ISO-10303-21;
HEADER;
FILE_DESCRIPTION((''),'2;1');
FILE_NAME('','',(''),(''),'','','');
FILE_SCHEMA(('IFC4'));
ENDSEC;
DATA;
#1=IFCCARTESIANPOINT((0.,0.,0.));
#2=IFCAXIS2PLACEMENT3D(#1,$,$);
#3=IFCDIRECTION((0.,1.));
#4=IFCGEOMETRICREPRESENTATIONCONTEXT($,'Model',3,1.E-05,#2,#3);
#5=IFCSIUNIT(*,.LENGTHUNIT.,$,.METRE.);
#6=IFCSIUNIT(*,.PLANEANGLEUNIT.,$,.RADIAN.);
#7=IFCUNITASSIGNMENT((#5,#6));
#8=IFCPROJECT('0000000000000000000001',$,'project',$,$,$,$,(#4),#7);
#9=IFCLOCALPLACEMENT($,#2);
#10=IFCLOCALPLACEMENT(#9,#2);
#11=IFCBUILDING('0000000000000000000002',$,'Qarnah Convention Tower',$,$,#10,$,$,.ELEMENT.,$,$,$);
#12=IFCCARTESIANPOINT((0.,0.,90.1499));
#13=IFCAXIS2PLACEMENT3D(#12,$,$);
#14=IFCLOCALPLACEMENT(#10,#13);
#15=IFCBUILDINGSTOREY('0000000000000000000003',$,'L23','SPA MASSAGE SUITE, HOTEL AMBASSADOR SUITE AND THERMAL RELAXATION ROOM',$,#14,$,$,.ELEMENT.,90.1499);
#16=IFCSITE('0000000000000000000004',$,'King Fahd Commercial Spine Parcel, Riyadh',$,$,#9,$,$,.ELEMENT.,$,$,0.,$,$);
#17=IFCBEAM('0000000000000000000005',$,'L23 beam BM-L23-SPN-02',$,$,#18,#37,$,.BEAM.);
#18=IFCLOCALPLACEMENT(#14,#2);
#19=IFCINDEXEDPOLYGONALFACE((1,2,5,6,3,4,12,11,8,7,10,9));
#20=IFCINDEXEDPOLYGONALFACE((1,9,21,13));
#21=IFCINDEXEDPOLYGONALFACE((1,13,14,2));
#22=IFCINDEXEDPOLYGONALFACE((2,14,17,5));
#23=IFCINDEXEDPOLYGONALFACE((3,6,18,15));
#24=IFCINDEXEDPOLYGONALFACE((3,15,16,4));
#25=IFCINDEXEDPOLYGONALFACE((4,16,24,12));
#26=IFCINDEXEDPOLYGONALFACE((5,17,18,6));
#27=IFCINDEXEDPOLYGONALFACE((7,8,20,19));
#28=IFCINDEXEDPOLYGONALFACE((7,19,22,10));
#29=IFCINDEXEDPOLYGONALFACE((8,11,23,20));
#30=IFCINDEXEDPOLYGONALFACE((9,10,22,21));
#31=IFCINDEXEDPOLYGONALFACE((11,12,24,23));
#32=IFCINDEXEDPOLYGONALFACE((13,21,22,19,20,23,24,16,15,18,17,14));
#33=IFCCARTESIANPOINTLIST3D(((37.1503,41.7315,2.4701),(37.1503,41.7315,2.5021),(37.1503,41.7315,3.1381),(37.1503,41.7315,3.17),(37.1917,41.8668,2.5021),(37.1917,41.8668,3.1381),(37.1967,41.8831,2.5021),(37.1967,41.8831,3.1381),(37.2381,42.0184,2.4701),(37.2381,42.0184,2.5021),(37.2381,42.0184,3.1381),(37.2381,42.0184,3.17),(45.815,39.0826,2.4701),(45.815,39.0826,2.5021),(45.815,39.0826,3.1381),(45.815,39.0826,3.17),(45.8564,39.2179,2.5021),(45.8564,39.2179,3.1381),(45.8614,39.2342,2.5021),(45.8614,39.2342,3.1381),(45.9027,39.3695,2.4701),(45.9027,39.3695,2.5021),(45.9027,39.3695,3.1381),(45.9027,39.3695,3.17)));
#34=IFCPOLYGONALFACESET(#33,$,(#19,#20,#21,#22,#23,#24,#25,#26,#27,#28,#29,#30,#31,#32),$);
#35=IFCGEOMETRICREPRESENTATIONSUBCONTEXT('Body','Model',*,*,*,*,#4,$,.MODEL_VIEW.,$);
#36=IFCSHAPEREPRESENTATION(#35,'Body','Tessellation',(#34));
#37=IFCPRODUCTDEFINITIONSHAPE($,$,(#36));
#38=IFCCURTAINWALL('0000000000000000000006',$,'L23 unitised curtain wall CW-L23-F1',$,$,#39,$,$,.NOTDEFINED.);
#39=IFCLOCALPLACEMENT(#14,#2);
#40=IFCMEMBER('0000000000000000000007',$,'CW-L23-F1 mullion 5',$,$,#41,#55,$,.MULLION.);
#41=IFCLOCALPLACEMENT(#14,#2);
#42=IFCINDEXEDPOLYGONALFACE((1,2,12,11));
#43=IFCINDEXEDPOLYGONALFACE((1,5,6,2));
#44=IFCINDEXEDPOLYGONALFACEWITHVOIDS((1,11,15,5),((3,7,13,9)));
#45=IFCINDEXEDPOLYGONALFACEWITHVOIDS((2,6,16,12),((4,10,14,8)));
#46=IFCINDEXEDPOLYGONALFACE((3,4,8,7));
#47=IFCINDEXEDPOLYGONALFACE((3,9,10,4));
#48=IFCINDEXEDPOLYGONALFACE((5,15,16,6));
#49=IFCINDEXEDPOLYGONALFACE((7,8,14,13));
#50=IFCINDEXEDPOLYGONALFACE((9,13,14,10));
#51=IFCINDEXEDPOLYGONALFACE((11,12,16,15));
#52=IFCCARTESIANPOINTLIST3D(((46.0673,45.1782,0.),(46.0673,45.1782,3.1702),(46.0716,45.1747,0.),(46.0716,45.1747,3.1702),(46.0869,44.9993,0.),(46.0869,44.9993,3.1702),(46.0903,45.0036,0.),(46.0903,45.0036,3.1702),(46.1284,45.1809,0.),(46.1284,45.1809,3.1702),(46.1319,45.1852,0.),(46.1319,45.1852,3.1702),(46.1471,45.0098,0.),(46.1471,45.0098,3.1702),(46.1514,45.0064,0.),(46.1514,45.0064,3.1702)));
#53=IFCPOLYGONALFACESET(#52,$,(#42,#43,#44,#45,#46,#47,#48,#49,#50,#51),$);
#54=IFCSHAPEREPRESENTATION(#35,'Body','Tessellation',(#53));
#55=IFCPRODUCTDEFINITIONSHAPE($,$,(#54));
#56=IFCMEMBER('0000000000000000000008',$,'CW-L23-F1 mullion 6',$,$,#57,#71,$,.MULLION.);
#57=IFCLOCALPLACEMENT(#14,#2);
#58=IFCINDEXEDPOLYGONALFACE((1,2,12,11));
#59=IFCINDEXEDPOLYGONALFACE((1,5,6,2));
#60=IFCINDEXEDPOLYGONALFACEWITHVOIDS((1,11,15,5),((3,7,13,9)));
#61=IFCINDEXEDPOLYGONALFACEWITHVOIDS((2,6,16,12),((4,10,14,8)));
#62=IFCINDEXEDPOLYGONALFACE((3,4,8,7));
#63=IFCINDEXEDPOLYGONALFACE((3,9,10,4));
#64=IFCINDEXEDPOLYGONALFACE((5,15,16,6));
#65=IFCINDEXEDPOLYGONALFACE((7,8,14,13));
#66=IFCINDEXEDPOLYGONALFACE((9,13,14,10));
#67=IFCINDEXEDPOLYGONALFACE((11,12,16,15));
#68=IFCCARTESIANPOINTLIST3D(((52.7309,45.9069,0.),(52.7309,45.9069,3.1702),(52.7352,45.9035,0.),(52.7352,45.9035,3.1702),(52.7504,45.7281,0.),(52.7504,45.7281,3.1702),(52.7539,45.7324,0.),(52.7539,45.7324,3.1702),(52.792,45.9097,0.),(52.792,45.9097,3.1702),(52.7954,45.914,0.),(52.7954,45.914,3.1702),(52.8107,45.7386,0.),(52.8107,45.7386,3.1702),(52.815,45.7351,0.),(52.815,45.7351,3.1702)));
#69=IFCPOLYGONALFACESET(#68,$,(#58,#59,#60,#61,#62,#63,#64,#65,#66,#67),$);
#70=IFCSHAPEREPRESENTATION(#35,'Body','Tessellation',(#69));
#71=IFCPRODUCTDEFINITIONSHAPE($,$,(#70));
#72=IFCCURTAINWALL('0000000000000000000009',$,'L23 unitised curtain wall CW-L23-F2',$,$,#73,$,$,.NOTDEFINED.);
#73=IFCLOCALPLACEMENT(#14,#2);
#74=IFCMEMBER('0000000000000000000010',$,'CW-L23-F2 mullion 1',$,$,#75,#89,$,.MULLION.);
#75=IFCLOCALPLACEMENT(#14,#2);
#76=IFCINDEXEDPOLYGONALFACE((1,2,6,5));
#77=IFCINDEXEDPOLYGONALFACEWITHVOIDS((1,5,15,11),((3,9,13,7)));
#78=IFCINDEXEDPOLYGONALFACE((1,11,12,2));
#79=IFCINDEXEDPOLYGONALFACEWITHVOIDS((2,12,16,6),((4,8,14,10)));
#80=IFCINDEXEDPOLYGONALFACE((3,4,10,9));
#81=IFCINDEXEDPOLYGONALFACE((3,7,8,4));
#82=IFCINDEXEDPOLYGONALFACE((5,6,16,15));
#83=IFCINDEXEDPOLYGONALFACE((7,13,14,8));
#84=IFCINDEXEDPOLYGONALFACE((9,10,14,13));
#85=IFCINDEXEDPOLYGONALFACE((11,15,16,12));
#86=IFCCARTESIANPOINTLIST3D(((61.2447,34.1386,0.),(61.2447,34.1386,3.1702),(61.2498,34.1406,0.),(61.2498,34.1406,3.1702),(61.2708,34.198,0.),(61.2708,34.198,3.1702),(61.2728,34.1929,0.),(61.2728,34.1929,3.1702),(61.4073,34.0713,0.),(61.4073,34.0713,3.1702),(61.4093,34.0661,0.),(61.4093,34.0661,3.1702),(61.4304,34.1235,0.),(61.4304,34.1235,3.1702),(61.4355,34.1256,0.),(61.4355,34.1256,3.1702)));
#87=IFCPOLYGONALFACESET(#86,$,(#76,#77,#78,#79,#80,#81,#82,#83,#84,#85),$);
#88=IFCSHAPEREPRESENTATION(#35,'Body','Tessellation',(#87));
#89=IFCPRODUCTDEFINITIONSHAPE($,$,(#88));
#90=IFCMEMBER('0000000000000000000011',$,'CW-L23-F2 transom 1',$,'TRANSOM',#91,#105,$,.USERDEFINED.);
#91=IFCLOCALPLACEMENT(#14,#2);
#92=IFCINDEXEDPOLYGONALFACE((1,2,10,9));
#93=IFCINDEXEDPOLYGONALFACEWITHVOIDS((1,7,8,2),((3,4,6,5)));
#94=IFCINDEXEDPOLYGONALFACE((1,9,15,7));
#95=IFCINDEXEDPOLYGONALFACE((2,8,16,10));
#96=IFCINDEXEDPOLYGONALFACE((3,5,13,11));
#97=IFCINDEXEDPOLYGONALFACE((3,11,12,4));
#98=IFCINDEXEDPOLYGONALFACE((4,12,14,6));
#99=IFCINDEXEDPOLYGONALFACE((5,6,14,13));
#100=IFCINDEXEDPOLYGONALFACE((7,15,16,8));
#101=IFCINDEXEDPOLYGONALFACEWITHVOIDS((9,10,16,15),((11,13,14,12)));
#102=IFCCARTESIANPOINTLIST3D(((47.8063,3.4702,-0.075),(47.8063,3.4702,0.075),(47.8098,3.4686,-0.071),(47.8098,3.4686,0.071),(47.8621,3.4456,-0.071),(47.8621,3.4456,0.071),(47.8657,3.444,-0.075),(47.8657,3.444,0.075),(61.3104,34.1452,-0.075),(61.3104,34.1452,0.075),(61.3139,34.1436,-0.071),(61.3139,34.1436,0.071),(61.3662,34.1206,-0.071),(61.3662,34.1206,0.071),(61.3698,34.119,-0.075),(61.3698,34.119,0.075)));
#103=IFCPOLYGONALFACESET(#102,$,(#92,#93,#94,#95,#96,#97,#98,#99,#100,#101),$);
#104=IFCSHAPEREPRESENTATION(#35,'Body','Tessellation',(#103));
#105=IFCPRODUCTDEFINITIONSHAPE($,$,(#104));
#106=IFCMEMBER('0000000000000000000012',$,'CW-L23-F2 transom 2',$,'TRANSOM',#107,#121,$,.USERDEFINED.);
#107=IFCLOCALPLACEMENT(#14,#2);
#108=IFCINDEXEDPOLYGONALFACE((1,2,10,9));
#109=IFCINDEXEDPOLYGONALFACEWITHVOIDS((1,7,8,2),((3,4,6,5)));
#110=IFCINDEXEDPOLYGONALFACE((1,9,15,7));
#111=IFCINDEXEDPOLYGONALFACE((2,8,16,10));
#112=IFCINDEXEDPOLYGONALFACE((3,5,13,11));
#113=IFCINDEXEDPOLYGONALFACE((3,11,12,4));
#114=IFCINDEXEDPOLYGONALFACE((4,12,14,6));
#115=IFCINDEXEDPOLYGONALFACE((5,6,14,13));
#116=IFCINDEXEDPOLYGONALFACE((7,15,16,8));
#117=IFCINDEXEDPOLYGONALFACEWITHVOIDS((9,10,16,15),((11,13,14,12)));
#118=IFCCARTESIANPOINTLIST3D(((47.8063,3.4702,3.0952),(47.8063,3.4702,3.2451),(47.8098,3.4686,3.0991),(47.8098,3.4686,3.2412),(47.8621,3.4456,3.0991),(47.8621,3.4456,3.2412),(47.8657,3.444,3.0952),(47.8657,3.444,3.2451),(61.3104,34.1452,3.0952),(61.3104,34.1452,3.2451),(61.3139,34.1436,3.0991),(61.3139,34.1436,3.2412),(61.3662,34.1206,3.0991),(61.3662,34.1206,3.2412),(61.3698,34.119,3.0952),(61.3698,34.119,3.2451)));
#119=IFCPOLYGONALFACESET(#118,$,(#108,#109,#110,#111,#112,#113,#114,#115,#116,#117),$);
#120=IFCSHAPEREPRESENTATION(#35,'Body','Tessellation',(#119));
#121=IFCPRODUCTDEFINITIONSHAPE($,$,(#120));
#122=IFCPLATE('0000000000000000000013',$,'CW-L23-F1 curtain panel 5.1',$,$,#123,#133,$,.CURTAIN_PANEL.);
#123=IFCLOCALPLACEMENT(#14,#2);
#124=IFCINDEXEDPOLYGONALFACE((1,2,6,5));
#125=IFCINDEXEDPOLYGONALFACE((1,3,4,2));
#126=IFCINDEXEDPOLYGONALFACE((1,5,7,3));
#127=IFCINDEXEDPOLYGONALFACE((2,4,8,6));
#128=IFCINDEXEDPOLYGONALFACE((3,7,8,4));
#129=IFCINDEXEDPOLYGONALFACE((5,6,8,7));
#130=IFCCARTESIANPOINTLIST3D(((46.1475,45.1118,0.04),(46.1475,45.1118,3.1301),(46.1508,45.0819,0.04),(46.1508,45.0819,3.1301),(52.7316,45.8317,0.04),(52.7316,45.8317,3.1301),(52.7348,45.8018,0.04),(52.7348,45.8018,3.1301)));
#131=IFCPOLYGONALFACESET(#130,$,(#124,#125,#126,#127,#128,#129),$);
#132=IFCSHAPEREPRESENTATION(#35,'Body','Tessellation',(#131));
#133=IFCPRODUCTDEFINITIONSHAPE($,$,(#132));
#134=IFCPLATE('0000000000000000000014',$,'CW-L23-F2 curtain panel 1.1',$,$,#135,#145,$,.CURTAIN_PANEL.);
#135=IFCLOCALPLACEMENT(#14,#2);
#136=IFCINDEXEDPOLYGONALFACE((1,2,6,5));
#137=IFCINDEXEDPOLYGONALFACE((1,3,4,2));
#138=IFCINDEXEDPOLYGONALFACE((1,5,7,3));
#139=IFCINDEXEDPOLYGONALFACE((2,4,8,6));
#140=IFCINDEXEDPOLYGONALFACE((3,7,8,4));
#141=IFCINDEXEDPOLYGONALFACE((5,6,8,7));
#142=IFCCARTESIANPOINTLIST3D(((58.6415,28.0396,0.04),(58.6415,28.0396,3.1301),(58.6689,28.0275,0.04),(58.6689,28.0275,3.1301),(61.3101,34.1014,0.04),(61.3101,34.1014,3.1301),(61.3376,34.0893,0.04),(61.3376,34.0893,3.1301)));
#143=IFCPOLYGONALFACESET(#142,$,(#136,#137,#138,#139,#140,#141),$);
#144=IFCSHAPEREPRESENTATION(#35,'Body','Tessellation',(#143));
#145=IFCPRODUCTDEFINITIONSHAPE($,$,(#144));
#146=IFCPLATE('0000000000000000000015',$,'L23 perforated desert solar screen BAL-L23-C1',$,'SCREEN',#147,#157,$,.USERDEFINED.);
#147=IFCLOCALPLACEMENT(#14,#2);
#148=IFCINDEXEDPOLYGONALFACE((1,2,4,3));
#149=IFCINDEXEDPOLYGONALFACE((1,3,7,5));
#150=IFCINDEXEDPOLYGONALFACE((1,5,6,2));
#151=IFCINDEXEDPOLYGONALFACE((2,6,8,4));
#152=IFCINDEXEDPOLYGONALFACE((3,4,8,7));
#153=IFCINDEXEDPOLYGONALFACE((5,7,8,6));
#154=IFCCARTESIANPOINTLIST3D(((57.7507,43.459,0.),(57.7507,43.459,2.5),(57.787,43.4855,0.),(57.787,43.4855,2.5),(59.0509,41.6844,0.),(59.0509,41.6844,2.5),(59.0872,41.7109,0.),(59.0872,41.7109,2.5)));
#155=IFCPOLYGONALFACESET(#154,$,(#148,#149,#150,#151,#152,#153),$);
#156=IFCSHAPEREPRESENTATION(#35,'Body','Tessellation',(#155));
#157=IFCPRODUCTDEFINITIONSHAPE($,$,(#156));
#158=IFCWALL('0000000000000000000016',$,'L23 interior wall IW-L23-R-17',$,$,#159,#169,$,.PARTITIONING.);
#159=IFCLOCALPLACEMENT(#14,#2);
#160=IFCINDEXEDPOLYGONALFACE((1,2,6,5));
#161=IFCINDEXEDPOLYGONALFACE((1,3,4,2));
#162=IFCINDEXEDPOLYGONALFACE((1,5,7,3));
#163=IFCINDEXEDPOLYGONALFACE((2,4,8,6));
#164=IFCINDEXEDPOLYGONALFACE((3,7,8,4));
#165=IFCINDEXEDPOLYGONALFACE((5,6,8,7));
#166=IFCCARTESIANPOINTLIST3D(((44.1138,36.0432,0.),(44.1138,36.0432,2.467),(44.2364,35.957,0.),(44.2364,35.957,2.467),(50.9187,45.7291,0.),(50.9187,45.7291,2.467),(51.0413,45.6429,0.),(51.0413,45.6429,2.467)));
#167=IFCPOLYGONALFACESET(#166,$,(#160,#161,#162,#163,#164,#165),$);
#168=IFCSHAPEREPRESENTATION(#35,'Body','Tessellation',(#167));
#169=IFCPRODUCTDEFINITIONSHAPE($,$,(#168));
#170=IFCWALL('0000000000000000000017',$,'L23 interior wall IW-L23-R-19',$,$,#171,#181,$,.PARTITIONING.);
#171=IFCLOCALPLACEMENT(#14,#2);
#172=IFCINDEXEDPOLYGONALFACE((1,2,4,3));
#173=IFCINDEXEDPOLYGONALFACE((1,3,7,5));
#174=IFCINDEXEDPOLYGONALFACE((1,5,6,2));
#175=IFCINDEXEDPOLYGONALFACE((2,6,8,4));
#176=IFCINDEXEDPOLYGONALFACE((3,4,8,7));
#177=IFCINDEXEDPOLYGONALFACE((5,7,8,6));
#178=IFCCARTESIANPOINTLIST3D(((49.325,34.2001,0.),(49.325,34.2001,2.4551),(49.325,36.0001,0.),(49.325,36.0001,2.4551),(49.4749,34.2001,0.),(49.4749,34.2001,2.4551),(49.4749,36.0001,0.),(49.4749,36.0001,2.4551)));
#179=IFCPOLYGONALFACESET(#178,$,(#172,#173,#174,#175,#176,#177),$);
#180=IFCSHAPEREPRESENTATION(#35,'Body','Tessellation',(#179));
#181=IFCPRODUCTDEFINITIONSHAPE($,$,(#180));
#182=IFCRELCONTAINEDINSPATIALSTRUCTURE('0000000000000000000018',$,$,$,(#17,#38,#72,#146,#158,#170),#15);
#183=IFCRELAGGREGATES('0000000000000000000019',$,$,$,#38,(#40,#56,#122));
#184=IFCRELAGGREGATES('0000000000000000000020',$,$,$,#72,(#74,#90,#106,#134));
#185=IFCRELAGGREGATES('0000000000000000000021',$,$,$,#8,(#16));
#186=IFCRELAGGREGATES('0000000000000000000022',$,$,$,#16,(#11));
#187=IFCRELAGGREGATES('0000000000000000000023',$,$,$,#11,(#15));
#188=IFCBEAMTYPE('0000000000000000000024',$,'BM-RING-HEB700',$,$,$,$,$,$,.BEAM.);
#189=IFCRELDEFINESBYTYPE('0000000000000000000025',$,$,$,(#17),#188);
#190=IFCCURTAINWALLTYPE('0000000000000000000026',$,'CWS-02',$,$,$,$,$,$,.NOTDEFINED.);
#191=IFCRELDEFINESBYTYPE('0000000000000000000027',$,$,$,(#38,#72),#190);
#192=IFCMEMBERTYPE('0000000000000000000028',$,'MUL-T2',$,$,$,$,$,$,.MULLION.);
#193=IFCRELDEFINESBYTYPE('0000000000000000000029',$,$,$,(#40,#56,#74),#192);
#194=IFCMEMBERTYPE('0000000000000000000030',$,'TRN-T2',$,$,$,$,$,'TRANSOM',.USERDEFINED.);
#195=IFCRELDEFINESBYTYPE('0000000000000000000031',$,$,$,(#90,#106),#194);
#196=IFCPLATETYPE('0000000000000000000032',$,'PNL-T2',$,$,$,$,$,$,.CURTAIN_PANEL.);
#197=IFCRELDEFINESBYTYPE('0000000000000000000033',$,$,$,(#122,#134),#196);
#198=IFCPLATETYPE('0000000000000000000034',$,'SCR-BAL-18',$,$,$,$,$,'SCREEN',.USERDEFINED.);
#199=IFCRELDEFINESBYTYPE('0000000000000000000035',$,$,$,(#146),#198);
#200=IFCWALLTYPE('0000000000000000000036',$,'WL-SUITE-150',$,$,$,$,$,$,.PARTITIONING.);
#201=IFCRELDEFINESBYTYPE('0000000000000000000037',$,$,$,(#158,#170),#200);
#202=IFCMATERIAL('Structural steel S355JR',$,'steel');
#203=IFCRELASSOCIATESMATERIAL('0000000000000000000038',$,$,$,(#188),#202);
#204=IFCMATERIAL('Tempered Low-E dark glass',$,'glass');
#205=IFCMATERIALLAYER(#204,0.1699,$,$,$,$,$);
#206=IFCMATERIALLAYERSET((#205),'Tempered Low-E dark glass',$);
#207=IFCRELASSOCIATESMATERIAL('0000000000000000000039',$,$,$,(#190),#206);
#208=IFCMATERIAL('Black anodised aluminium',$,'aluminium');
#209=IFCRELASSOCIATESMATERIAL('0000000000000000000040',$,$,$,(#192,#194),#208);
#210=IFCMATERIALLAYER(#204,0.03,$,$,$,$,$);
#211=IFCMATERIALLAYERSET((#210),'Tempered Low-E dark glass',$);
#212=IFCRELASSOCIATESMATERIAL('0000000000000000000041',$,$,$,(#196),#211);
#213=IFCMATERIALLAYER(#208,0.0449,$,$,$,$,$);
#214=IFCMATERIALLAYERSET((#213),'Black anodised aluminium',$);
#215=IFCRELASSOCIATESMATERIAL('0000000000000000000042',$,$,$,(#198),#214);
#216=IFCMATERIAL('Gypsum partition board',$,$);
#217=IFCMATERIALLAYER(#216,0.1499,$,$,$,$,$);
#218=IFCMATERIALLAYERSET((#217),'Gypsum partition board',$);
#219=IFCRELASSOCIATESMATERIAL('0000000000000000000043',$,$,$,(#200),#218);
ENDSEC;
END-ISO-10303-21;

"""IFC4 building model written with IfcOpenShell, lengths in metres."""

from ifc_helpers import new_model, si_unit, direction, frame, frame_2d, origin, origin_2d, place, context, subcontext, project, spatial, rectangle, hollow_rectangle, i_section, extrude, material, layer, layer_set, material_profile, profile_set, type_object, element, aggregate, save


model = new_model("IFC4")

# Units and contexts
model_context = context("Model", 3, precision=1e-05, world=origin(), true_north=direction((0.0, 1.0)))
body_context = subcontext(model_context, "Body", "Model", "MODEL_VIEW")
ifc_project = project(units=[si_unit("LENGTHUNIT", "METRE"), si_unit("PLANEANGLEUNIT", "RADIAN")], contexts=[model_context])

# Site, building, storey
site_placement = place(None, origin())
site = spatial("IfcSite", under=ifc_project, at=site_placement, Name="King Fahd Commercial Spine Parcel, Riyadh", CompositionType="ELEMENT", RefElevation=0.0)
building_placement = place(site_placement, origin())
building = spatial("IfcBuilding", under=site, at=building_placement, Name="Qarnah Convention Tower", CompositionType="ELEMENT")
storey_placement = place(building_placement, frame((0.0, 0.0, 90.1499)))
storey = spatial("IfcBuildingStorey", under=building, at=storey_placement, Name="L23", Description="SPA MASSAGE SUITE, HOTEL AMBASSADOR SUITE AND THERMAL RELAXATION ROOM", CompositionType="ELEMENT", Elevation=90.1499)

# Beam
ifc_material_1 = material(Name="Structural steel S355JR", Category="steel")
ifc_material_profile_1 = material_profile(ifc_material_1, i_section(OverallWidth=0.3, OverallDepth=0.7, WebThickness=0.0171, FlangeThickness=0.032, at=origin_2d()), Name="HEB700")
ifc_profile_set_1 = profile_set([ifc_material_profile_1], Name="Structural steel S355JR")
beam_type_1 = type_object("IfcBeamType", Name="BM-RING-HEB700", PredefinedType="BEAM", material=ifc_profile_set_1)
beam_1_placement = place(storey_placement, frame((45.8589, 39.2261, 2.8201), z_axis=(-0.95631, 0.292355, 0.0), x_axis=(-0.292355, -0.95631, 0.0)))
element("IfcBeam", 1, at=beam_1_placement, inside=storey, type_object=beam_type_1, Name="L23 beam BM-L23-SPN-02", PredefinedType="BEAM", context=body_context, shape_type="SweptSolid", body=[
    extrude(i_section(OverallWidth=0.3, OverallDepth=0.7, WebThickness=0.0171, FlangeThickness=0.032, at=origin_2d()), origin(), (0.0, 0.0, 1.0), 9.0605),
])

# Curtain walls, members
ifc_material_2 = material(Name="Tempered Low-E dark glass", Category="glass")
ifc_layer_1 = layer(ifc_material_2, 0.1699)
ifc_layer_set_1 = layer_set([ifc_layer_1], Name="Tempered Low-E dark glass")
curtain_wall_type = type_object("IfcCurtainWallType", Name="CWS-02", PredefinedType="NOTDEFINED", material=ifc_layer_set_1)
curtain_wall_1_placement = place(storey_placement, origin())
curtain_wall_1 = element("IfcCurtainWall", 2, at=curtain_wall_1_placement, inside=storey, type_object=curtain_wall_type, Name="L23 unitised curtain wall CW-L23-F1", PredefinedType="NOTDEFINED")
ifc_material_3 = material(Name="Black anodised aluminium", Category="aluminium")
ifc_material_profile_2 = material_profile(ifc_material_3, hollow_rectangle(XDim=0.0649, YDim=0.1799, WallThickness=0.0039, at=origin_2d()), Name="MUL-65X180")
ifc_profile_set_2 = profile_set([ifc_material_profile_2], Name="Black anodised aluminium")
member_type_1 = type_object("IfcMemberType", Name="MUL-T2", PredefinedType="MULLION", material=ifc_profile_set_2)
member_1_placement = place(storey_placement, frame((46.1094, 45.0923, 0.0), z_axis=(0.0, 0.0, 1.0), x_axis=(0.994075, 0.108692, 0.0)))
member_1 = element("IfcMember", 3, at=member_1_placement, type_object=member_type_1, Name="CW-L23-F1 mullion 5", PredefinedType="MULLION", context=body_context, shape_type="SweptSolid", body=[
    extrude(hollow_rectangle(XDim=0.0649, YDim=0.1799, WallThickness=0.0039, at=origin_2d()), origin(), (0.0, 0.0, 1.0), 3.1702),
])
member_2_placement = place(storey_placement, frame((52.7729, 45.821, 0.0), z_axis=(0.0, 0.0, 1.0), x_axis=(0.994075, 0.108692, 0.0)))
member_2 = element("IfcMember", 4, at=member_2_placement, type_object=member_type_1, Name="CW-L23-F1 mullion 6", PredefinedType="MULLION", context=body_context, shape_type="SweptSolid", body=[
    extrude(hollow_rectangle(XDim=0.0649, YDim=0.1799, WallThickness=0.0039, at=origin_2d()), origin(), (0.0, 0.0, 1.0), 3.1702),
])
curtain_wall_2_placement = place(storey_placement, origin())
curtain_wall_2 = element("IfcCurtainWall", 5, at=curtain_wall_2_placement, inside=storey, type_object=curtain_wall_type, Name="L23 unitised curtain wall CW-L23-F2", PredefinedType="NOTDEFINED")
member_3_placement = place(storey_placement, frame((61.3401, 34.1321, 0.0), z_axis=(0.0, 0.0, 1.0), x_axis=(-0.402914, -0.915238, 0.0)))
member_3 = element("IfcMember", 6, at=member_3_placement, type_object=member_type_1, Name="CW-L23-F2 mullion 1", PredefinedType="MULLION", context=body_context, shape_type="SweptSolid", body=[
    extrude(hollow_rectangle(XDim=0.0649, YDim=0.1799, WallThickness=0.0039, at=origin_2d()), origin(), (0.0, 0.0, 1.0), 3.1702),
])
ifc_material_profile_3 = material_profile(ifc_material_3, hollow_rectangle(XDim=0.0649, YDim=0.1499, WallThickness=0.0039, at=origin_2d()), Name="TRN-65X150")
ifc_profile_set_3 = profile_set([ifc_material_profile_3], Name="Black anodised aluminium")
member_type_2 = type_object("IfcMemberType", Name="TRN-T2", ElementType="TRANSOM", PredefinedType="USERDEFINED", material=ifc_profile_set_3)
member_4_placement = place(storey_placement, frame((61.3401, 34.1321, 0.0), z_axis=(-0.402917, -0.915237, 0.0), x_axis=(0.915237, -0.402917, 0.0)))
member_4 = element("IfcMember", 7, at=member_4_placement, type_object=member_type_2, Name="CW-L23-F2 transom 1", ObjectType="TRANSOM", PredefinedType="USERDEFINED", context=body_context, shape_type="SweptSolid", body=[
    extrude(hollow_rectangle(XDim=0.0649, YDim=0.1499, WallThickness=0.0039, at=origin_2d()), origin(), (0.0, 0.0, 1.0), 33.5159),
])
member_5_placement = place(storey_placement, frame((61.3401, 34.1321, 3.1702), z_axis=(-0.402917, -0.915237, 0.0), x_axis=(0.915237, -0.402917, 0.0)))
member_5 = element("IfcMember", 8, at=member_5_placement, type_object=member_type_2, Name="CW-L23-F2 transom 2", ObjectType="TRANSOM", PredefinedType="USERDEFINED", context=body_context, shape_type="SweptSolid", body=[
    extrude(hollow_rectangle(XDim=0.0649, YDim=0.1499, WallThickness=0.0039, at=origin_2d()), origin(), (0.0, 0.0, 1.0), 33.5159),
])

# Plates
ifc_layer_2 = layer(ifc_material_2, 0.03)
ifc_layer_set_2 = layer_set([ifc_layer_2], Name="Tempered Low-E dark glass")
plate_type_1 = type_object("IfcPlateType", Name="PNL-T2", PredefinedType="CURTAIN_PANEL", material=ifc_layer_set_2)
plate_1_placement = place(storey_placement, frame((49.4412, 45.4568, 0.04), z_axis=(0.0, 0.0, 1.0), x_axis=(0.994075, 0.108692, 0.0)))
plate_1 = element("IfcPlate", 9, at=plate_1_placement, type_object=plate_type_1, Name="CW-L23-F1 curtain panel 5.1", PredefinedType="CURTAIN_PANEL", context=body_context, shape_type="SweptSolid", body=[
    extrude(rectangle(XDim=6.6233, YDim=0.03, at=origin_2d()), origin(), (0.0, 0.0, 1.0), 3.0901),
])
aggregate(curtain_wall_1, [member_1, member_2, plate_1])
plate_2_placement = place(storey_placement, frame((59.9895, 31.0645, 0.04), z_axis=(0.0, 0.0, 1.0), x_axis=(-0.402914, -0.915238, 0.0)))
plate_2 = element("IfcPlate", 10, at=plate_2_placement, type_object=plate_type_1, Name="CW-L23-F2 curtain panel 1.1", PredefinedType="CURTAIN_PANEL", context=body_context, shape_type="SweptSolid", body=[
    extrude(rectangle(XDim=6.6233, YDim=0.03, at=origin_2d()), origin(), (0.0, 0.0, 1.0), 3.0901),
])
aggregate(curtain_wall_2, [member_3, member_4, member_5, plate_2])
ifc_layer_3 = layer(ifc_material_3, 0.0449)
ifc_layer_set_3 = layer_set([ifc_layer_3], Name="Black anodised aluminium")
plate_type_2 = type_object("IfcPlateType", Name="SCR-BAL-18", ElementType="SCREEN", PredefinedType="USERDEFINED", material=ifc_layer_set_3)
plate_3_placement = place(storey_placement, frame((58.4189, 42.585, 0.0), z_axis=(0.0, 0.0, 1.0), x_axis=(0.591024, -0.806654, 0.0)))
element("IfcPlate", 11, at=plate_3_placement, inside=storey, type_object=plate_type_2, Name="L23 perforated desert solar screen BAL-L23-C1", ObjectType="SCREEN", PredefinedType="USERDEFINED", context=body_context, shape_type="SweptSolid", body=[
    extrude(rectangle(XDim=2.2, YDim=0.0449, at=origin_2d()), origin(), (0.0, 0.0, 1.0), 2.5),
])

# Walls
ifc_material_4 = material(Name="Gypsum partition board")
ifc_layer_4 = layer(ifc_material_4, 0.1499)
ifc_layer_set_4 = layer_set([ifc_layer_4], Name="Gypsum partition board")
wall_type_1 = type_object("IfcWallType", Name="WL-SUITE-150", PredefinedType="PARTITIONING", material=ifc_layer_set_4)
wall_1_placement = place(storey_placement, frame((50.98, 45.686, 0.0), z_axis=(0.0, 0.0, 1.0), x_axis=(-0.574862, -0.81825, 0.0)))
element("IfcWall", 12, at=wall_1_placement, inside=storey, type_object=wall_type_1, Name="L23 interior wall IW-L23-R-17", PredefinedType="PARTITIONING", context=body_context, shape_type="SweptSolid", body=[
    extrude(rectangle(XDim=11.8374, YDim=0.1499, at=frame_2d((5.9187, 0.0))), origin(), (0.0, 0.0, 1.0), 2.467),
])
wall_2_placement = place(storey_placement, frame((49.3999, 36.0, 0.0), z_axis=(0.0, 0.0, 1.0), x_axis=(0.0, -1.0, 0.0)))
element("IfcWall", 13, at=wall_2_placement, inside=storey, type_object=wall_type_1, Name="L23 interior wall IW-L23-R-19", PredefinedType="PARTITIONING", context=body_context, shape_type="SweptSolid", body=[
    extrude(rectangle(XDim=1.8, YDim=0.1499, at=frame_2d((0.8999, 0.0))), origin(), (0.0, 0.0, 1.0), 2.4551),
])

save(model, "model.ifc")
